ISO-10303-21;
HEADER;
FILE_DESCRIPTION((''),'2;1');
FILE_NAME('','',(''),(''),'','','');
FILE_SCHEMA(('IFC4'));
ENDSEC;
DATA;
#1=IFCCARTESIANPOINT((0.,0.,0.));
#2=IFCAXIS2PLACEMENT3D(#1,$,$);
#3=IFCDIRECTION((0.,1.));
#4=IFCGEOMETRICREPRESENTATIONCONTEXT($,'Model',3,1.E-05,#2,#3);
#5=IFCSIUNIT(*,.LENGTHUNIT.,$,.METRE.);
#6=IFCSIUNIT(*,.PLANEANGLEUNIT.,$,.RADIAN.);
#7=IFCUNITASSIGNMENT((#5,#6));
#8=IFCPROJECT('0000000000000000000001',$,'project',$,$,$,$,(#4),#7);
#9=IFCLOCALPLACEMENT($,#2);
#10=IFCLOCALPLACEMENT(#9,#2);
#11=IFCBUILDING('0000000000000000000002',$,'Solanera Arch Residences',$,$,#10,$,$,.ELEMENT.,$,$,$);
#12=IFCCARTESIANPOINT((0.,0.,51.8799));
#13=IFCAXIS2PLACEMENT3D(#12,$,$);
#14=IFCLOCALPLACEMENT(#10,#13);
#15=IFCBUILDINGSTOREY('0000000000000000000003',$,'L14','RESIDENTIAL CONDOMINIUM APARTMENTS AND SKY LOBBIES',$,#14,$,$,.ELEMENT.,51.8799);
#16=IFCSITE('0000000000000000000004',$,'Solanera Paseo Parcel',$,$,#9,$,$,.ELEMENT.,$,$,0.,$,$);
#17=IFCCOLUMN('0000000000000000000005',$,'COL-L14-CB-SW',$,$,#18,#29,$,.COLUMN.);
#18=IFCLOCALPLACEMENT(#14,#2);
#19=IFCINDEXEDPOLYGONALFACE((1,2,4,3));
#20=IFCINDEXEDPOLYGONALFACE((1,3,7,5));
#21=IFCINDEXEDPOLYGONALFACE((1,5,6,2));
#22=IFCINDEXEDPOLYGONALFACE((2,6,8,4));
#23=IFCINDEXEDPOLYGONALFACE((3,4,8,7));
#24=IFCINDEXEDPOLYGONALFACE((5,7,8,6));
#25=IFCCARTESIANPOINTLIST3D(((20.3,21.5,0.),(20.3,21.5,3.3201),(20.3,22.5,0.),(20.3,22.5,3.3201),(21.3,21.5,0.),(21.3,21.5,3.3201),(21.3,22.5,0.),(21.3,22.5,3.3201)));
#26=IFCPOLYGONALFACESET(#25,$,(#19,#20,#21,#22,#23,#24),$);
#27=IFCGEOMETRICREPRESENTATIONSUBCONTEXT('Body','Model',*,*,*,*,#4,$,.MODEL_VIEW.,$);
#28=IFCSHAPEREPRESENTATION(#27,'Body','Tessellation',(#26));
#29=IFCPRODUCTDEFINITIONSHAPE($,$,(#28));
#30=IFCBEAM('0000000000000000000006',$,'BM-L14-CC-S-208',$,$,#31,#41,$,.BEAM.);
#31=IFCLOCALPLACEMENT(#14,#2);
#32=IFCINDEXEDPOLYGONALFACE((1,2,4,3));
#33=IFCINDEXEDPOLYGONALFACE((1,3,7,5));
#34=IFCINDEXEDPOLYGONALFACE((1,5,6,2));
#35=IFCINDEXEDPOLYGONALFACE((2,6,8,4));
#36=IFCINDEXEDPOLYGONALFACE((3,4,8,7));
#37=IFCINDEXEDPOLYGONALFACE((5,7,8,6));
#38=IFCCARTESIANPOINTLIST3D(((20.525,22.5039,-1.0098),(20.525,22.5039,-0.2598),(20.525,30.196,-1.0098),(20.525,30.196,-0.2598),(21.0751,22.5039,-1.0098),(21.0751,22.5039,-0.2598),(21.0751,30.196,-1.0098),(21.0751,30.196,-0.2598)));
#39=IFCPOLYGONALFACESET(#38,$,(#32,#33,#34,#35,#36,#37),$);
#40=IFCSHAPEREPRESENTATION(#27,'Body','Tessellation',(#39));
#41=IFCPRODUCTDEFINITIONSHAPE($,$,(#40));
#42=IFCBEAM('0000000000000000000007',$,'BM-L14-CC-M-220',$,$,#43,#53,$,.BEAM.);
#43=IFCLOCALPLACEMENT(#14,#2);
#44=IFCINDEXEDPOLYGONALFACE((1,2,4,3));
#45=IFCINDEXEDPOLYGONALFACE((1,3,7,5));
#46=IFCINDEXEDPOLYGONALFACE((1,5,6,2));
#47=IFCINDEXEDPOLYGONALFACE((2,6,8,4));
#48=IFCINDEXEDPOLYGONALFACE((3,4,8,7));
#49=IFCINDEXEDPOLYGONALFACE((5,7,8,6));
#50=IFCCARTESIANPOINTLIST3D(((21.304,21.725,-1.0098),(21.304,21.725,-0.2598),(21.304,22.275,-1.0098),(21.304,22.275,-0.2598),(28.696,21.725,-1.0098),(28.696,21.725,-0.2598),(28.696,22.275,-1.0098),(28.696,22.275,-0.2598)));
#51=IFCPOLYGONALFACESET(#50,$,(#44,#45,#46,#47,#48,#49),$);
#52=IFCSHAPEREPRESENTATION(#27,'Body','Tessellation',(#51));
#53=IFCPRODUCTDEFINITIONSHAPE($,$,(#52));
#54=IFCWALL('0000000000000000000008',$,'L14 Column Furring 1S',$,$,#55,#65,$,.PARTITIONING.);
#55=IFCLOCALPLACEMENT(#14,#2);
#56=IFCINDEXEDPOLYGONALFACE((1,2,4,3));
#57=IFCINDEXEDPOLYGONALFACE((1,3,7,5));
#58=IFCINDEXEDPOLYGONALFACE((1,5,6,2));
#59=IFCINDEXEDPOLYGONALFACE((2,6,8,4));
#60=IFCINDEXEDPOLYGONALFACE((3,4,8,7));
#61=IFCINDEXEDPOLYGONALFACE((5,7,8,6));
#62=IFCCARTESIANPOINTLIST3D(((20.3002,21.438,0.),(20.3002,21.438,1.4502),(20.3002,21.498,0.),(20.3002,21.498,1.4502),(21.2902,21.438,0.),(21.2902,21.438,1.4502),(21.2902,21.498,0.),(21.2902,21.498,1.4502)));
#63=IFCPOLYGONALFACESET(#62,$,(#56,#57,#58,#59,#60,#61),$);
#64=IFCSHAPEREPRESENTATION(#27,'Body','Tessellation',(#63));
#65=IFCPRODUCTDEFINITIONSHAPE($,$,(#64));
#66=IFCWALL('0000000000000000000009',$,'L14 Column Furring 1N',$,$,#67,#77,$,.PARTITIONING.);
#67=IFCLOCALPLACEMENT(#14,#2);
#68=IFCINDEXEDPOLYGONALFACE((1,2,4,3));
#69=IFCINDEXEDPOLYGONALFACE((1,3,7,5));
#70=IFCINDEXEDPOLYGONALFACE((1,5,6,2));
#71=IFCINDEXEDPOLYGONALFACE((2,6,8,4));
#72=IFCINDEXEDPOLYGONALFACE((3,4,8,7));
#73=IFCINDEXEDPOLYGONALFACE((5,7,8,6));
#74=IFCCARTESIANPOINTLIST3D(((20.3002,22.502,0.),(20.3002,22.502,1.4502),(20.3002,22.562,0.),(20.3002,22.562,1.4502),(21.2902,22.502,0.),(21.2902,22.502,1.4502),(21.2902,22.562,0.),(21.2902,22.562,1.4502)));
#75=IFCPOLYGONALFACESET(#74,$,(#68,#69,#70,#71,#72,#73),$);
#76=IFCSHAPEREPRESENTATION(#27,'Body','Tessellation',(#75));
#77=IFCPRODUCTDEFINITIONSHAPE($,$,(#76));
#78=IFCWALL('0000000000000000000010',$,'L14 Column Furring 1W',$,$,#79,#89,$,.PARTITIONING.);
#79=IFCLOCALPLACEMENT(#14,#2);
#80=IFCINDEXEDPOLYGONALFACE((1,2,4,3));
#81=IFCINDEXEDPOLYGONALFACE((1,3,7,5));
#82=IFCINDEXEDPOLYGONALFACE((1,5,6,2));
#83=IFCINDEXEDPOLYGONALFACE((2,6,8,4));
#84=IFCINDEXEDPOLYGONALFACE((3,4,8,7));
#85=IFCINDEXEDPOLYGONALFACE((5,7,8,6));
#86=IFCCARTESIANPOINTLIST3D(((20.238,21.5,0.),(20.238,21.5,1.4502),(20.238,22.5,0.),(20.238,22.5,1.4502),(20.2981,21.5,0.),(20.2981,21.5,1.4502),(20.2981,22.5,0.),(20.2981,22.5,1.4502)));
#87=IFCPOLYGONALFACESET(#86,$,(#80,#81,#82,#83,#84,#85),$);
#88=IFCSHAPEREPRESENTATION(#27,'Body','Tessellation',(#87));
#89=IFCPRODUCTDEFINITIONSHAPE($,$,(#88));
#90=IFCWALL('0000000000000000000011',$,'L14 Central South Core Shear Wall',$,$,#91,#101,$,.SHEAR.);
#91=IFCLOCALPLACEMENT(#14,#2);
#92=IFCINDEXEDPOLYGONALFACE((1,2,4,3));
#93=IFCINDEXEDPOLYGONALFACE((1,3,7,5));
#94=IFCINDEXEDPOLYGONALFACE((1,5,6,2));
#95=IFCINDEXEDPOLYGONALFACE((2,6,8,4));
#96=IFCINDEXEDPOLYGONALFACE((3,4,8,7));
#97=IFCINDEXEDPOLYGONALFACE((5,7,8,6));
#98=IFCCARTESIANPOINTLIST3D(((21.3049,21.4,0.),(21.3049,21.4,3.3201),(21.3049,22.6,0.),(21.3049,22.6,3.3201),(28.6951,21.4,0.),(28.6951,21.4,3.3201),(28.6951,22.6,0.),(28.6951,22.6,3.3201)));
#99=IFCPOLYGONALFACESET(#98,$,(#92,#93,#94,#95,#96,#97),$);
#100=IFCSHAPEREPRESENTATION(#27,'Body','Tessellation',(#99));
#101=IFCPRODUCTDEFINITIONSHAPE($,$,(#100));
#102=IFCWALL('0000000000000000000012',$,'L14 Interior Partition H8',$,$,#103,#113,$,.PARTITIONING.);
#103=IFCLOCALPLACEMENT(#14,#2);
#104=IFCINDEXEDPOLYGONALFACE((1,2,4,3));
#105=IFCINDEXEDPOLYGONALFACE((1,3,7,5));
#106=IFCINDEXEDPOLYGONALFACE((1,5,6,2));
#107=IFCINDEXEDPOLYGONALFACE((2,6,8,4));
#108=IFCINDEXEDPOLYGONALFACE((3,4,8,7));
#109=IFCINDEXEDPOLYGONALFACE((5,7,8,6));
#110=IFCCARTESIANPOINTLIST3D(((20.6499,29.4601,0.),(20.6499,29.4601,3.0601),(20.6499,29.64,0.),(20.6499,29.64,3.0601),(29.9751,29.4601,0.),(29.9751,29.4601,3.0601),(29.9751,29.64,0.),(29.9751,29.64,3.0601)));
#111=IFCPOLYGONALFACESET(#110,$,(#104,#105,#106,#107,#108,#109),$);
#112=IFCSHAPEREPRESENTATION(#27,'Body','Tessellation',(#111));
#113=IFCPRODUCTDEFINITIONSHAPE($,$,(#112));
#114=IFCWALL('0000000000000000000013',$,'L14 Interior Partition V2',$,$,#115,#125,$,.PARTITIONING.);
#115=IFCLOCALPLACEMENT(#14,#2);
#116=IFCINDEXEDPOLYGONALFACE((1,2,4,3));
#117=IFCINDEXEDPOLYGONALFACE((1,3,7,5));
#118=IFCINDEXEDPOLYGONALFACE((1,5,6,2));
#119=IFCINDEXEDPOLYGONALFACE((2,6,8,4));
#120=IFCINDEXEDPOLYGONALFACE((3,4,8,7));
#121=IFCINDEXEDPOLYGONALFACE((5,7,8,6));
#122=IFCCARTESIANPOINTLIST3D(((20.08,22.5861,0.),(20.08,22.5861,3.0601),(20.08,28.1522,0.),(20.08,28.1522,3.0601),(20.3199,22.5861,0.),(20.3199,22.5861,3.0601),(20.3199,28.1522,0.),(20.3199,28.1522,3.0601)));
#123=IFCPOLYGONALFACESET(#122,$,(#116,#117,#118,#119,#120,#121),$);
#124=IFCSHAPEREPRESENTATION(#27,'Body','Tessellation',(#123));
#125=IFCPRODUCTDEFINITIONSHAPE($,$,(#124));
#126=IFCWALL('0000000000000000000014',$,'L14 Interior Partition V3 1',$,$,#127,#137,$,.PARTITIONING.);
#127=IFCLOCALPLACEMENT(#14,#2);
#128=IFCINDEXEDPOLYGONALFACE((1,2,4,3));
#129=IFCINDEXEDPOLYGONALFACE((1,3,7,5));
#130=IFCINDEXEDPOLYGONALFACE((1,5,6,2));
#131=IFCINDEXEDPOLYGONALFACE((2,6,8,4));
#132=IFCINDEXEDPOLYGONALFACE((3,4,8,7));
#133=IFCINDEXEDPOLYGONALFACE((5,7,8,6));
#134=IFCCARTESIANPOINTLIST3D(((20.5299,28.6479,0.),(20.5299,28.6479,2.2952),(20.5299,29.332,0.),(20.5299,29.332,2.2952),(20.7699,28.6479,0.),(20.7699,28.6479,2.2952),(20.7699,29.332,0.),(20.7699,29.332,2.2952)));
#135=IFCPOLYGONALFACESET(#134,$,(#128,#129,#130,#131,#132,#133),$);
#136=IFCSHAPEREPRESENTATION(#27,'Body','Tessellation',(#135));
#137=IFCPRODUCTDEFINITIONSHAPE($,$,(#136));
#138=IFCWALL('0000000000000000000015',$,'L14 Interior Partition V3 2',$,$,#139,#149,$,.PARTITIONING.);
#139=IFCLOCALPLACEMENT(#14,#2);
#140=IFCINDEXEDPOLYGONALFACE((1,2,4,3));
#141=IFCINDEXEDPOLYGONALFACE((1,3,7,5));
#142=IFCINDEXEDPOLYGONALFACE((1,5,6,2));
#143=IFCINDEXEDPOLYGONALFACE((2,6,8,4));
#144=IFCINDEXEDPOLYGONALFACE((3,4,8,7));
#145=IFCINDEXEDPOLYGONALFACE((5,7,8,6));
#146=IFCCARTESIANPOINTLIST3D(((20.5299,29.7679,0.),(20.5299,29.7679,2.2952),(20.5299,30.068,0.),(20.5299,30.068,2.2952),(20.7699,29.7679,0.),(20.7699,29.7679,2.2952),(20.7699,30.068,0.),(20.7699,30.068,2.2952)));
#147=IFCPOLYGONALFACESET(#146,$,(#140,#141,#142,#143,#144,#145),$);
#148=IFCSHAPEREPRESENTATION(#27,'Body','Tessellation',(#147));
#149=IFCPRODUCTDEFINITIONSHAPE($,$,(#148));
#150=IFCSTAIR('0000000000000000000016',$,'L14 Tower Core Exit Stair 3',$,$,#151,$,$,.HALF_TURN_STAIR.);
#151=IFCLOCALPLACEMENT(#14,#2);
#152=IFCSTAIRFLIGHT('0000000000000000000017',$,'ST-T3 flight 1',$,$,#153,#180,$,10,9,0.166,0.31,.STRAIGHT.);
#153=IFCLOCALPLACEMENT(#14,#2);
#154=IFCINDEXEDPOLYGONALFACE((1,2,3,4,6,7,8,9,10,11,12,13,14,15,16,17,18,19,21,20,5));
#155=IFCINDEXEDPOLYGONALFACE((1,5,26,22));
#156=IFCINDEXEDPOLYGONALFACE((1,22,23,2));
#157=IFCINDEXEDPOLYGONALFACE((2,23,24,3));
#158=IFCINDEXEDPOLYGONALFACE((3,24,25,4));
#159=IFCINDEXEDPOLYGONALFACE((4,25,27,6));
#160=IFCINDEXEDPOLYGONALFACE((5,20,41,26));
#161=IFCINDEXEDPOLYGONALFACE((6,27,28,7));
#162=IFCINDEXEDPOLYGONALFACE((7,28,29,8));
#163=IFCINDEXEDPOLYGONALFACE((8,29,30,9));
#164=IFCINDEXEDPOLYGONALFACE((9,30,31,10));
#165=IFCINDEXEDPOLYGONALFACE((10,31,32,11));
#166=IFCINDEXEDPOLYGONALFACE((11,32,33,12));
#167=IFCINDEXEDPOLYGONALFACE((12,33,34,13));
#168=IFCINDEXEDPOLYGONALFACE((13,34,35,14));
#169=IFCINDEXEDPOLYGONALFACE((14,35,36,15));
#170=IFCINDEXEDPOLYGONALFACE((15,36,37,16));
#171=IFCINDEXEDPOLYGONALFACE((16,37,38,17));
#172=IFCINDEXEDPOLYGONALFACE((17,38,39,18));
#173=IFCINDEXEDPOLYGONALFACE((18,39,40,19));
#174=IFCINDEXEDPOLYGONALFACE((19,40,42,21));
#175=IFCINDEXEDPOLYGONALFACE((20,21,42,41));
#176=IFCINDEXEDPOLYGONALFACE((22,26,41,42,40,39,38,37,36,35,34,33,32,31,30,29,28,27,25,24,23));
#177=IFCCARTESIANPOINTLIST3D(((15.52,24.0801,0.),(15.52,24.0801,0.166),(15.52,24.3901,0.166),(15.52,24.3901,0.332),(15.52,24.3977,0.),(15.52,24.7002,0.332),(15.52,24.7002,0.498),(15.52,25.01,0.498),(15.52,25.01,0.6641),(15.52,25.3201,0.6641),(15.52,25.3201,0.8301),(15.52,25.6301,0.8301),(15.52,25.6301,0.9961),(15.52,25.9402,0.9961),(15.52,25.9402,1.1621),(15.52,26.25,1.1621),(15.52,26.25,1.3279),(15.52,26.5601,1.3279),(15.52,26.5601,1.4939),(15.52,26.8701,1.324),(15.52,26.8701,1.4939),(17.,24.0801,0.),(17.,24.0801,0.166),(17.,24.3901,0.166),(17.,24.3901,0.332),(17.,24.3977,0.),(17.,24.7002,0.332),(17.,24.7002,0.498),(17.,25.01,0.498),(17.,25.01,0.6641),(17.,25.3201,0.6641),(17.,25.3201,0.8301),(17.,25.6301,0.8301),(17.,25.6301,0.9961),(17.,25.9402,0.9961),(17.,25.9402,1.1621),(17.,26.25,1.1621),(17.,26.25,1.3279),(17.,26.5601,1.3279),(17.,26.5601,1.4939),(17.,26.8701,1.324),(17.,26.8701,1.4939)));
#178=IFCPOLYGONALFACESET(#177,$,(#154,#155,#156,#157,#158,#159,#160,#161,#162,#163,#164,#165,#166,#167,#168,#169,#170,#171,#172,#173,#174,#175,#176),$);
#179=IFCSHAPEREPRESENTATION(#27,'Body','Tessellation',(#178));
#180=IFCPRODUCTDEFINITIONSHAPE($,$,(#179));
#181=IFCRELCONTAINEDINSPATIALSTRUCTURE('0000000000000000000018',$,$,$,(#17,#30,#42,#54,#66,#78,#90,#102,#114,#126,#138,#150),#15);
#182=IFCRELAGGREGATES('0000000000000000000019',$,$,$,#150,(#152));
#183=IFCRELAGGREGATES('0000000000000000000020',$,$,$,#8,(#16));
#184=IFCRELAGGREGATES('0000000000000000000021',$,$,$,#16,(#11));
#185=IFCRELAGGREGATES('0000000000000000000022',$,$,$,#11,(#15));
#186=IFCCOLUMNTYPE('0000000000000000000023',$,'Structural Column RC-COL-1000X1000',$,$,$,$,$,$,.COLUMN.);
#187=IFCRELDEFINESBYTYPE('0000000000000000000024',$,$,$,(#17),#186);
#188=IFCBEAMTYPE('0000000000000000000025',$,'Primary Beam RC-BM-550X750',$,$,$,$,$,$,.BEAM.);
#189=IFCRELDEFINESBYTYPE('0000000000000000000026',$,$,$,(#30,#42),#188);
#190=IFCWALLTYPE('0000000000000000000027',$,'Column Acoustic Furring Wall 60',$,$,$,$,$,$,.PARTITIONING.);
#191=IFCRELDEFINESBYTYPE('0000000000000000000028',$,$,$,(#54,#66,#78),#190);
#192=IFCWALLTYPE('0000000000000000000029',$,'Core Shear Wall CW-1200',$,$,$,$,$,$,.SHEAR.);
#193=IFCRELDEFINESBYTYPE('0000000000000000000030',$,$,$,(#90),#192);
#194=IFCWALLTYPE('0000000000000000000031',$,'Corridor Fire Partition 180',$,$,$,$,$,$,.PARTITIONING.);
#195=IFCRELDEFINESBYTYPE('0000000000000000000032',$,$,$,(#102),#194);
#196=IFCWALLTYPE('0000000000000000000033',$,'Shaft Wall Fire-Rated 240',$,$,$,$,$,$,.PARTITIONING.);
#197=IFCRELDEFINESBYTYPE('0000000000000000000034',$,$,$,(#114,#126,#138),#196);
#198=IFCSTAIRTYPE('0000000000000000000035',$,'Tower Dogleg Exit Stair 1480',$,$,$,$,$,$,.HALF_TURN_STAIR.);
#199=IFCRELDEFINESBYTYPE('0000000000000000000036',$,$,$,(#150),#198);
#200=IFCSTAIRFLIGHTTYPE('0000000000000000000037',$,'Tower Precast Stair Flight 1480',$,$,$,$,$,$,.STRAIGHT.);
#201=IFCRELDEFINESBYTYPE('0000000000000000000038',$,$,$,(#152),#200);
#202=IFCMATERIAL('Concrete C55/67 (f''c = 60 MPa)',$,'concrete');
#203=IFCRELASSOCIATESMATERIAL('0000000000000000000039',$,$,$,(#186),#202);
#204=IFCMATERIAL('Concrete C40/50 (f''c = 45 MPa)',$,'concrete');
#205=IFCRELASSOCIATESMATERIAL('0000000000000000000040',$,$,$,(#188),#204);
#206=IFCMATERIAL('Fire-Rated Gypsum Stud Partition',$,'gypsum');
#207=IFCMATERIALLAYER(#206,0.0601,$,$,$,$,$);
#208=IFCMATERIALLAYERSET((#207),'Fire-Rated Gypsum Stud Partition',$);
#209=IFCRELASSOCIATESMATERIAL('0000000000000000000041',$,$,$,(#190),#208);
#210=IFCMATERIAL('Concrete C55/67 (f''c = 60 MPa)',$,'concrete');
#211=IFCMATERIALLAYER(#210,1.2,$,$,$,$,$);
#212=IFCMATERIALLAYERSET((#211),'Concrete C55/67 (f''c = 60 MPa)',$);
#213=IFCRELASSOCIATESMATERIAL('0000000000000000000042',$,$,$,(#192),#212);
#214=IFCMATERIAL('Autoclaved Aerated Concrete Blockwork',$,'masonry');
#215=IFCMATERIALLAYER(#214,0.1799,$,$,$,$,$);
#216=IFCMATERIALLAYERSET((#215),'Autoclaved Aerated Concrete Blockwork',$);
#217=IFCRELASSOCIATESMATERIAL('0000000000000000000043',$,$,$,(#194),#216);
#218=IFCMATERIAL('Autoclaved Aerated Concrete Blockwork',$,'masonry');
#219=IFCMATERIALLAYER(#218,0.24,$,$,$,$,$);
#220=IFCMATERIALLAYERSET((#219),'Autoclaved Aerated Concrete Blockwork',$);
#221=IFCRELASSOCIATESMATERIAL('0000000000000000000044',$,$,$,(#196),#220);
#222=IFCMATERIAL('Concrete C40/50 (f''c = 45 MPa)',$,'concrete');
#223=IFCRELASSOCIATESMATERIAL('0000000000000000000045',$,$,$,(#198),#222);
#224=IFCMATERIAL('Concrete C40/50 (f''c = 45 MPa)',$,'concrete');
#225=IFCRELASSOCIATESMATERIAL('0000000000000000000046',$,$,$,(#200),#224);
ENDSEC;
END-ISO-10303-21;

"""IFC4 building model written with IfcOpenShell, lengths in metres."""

from ifc_helpers import new_model, si_unit, direction, frame, frame_2d, origin, origin_2d, place, context, subcontext, project, spatial, polyline, rectangle, outline, extrude, material, layer, layer_set, material_profile, profile_set, type_object, element, aggregate, save


model = new_model("IFC4")

# Units and contexts
model_context = context("Model", 3, precision=1e-05, world=origin(), true_north=direction((0.0, 1.0)))
body_context = subcontext(model_context, "Body", "Model", "MODEL_VIEW")
ifc_project = project(units=[si_unit("LENGTHUNIT", "METRE"), si_unit("PLANEANGLEUNIT", "RADIAN")], contexts=[model_context])

# Site, building, storey
site_placement = place(None, origin())
site = spatial("IfcSite", under=ifc_project, at=site_placement, Name="Solanera Paseo Parcel", CompositionType="ELEMENT", RefElevation=0.0)
building_placement = place(site_placement, origin())
building = spatial("IfcBuilding", under=site, at=building_placement, Name="Solanera Arch Residences", CompositionType="ELEMENT")
storey_placement = place(building_placement, frame((0.0, 0.0, 51.8799)))
storey = spatial("IfcBuildingStorey", under=building, at=storey_placement, Name="L14", Description="RESIDENTIAL CONDOMINIUM APARTMENTS AND SKY LOBBIES", CompositionType="ELEMENT", Elevation=51.8799)

# Column
ifc_material_1 = material(Name="Concrete C55/67 (f'c = 60 MPa)", Category="concrete")
ifc_material_profile_1 = material_profile(ifc_material_1, rectangle(XDim=1.0, YDim=1.0, at=origin_2d()))
ifc_profile_set_1 = profile_set([ifc_material_profile_1], Name="Concrete C55/67 (f'c = 60 MPa)")
column_type = type_object("IfcColumnType", Name="Structural Column RC-COL-1000X1000", PredefinedType="COLUMN", material=ifc_profile_set_1)
column_placement = place(storey_placement, frame((20.8, 22.0, 0.0), z_axis=(0.0, 0.0, 1.0), x_axis=(1.0, 0.0, 0.0)))
element("IfcColumn", 1, at=column_placement, inside=storey, type_object=column_type, Name="COL-L14-CB-SW", PredefinedType="COLUMN", context=body_context, shape_type="SweptSolid", body=[
    extrude(rectangle(XDim=1.0, YDim=1.0, at=origin_2d()), origin(), (0.0, 0.0, 1.0), 3.3201),
])

# Beams
ifc_material_2 = material(Name="Concrete C40/50 (f'c = 45 MPa)", Category="concrete")
ifc_material_profile_2 = material_profile(ifc_material_2, rectangle(XDim=0.55, YDim=0.75, at=origin_2d()))
ifc_profile_set_2 = profile_set([ifc_material_profile_2], Name="Concrete C40/50 (f'c = 45 MPa)")
beam_type = type_object("IfcBeamType", Name="Primary Beam RC-BM-550X750", PredefinedType="BEAM", material=ifc_profile_set_2)
beam_1_placement = place(storey_placement, frame((20.8, 22.5039, -0.6348), z_axis=(0.0, 1.0, 0.0), x_axis=(-1.0, 0.0, 0.0)))
element("IfcBeam", 2, at=beam_1_placement, inside=storey, type_object=beam_type, Name="BM-L14-CC-S-208", PredefinedType="BEAM", context=body_context, shape_type="SweptSolid", body=[
    extrude(rectangle(XDim=0.55, YDim=0.75, at=origin_2d()), origin(), (0.0, 0.0, 1.0), 7.6921),
])
beam_2_placement = place(storey_placement, frame((21.304, 22.0, -0.6348), z_axis=(1.0, 0.0, 0.0), x_axis=(0.0, 1.0, 0.0)))
element("IfcBeam", 3, at=beam_2_placement, inside=storey, type_object=beam_type, Name="BM-L14-CC-M-220", PredefinedType="BEAM", context=body_context, shape_type="SweptSolid", body=[
    extrude(rectangle(XDim=0.55, YDim=0.75, at=origin_2d()), origin(), (0.0, 0.0, 1.0), 7.3921),
])

# Walls
ifc_material_3 = material(Name="Fire-Rated Gypsum Stud Partition", Category="gypsum")
ifc_layer_1 = layer(ifc_material_3, 0.0601)
ifc_layer_set_1 = layer_set([ifc_layer_1], Name="Fire-Rated Gypsum Stud Partition")
wall_type_1 = type_object("IfcWallType", Name="Column Acoustic Furring Wall 60", PredefinedType="PARTITIONING", material=ifc_layer_set_1)
for number, where, z_axis, x_axis, name in (
    (4, (20.3, 21.468, 0.0), (0.0, 0.0, 1.0), (1.0, 0.0, 0.0), "L14 Column Furring 1S"),
    (5, (20.3, 22.532, 0.0), (0.0, 0.0, 1.0), (1.0, 0.0, 0.0), "L14 Column Furring 1N"),
):
    element("IfcWall", number, at=place(storey_placement, frame(where, z_axis=z_axis, x_axis=x_axis)), inside=storey, type_object=wall_type_1, Name=name, PredefinedType="PARTITIONING", context=body_context, shape_type="SweptSolid", body=[
        extrude(rectangle(XDim=0.99, YDim=0.0601, at=frame_2d((0.4951, 0.0))), origin(), (0.0, 0.0, 1.0), 1.4502),
    ])
wall_1_placement = place(storey_placement, frame((20.2681, 21.5, 0.0), z_axis=(0.0, 0.0, 1.0), x_axis=(0.0, 1.0, 0.0)))
element("IfcWall", 6, at=wall_1_placement, inside=storey, type_object=wall_type_1, Name="L14 Column Furring 1W", PredefinedType="PARTITIONING", context=body_context, shape_type="SweptSolid", body=[
    extrude(rectangle(XDim=1.0, YDim=0.0601, at=frame_2d((0.5, 0.0))), origin(), (0.0, 0.0, 1.0), 1.4502),
])
ifc_material_4 = material(Name="Concrete C55/67 (f'c = 60 MPa)", Category="concrete")
ifc_layer_2 = layer(ifc_material_4, 1.2)
ifc_layer_set_2 = layer_set([ifc_layer_2], Name="Concrete C55/67 (f'c = 60 MPa)")
wall_type_2 = type_object("IfcWallType", Name="Core Shear Wall CW-1200", PredefinedType="SHEAR", material=ifc_layer_set_2)
wall_2_placement = place(storey_placement, frame((21.3049, 22.0, 0.0), z_axis=(0.0, 0.0, 1.0), x_axis=(1.0, 0.0, 0.0)))
element("IfcWall", 7, at=wall_2_placement, inside=storey, type_object=wall_type_2, Name="L14 Central South Core Shear Wall", PredefinedType="SHEAR", context=body_context, shape_type="SweptSolid", body=[
    extrude(rectangle(XDim=7.3901, YDim=1.2, at=frame_2d((3.6951, 0.0))), origin(), (0.0, 0.0, 1.0), 3.3201),
])

# Wall
ifc_material_5 = material(Name="Autoclaved Aerated Concrete Blockwork", Category="masonry")
ifc_layer_3 = layer(ifc_material_5, 0.1799)
ifc_layer_set_3 = layer_set([ifc_layer_3], Name="Autoclaved Aerated Concrete Blockwork")
wall_type_3 = type_object("IfcWallType", Name="Corridor Fire Partition 180", PredefinedType="PARTITIONING", material=ifc_layer_set_3)
wall_3_placement = place(storey_placement, frame((20.6499, 29.55, 0.0), z_axis=(0.0, 0.0, 1.0), x_axis=(1.0, 0.0, 0.0)))
element("IfcWall", 8, at=wall_3_placement, inside=storey, type_object=wall_type_3, Name="L14 Interior Partition H8", PredefinedType="PARTITIONING", context=body_context, shape_type="SweptSolid", body=[
    extrude(rectangle(XDim=9.3252, YDim=0.1799, at=frame_2d((4.6626, 0.0))), origin(), (0.0, 0.0, 1.0), 3.0601),
])

# Shared definitions
ifc_material_6 = material(Name="Autoclaved Aerated Concrete Blockwork", Category="masonry")
ifc_layer_4 = layer(ifc_material_6, 0.24)
ifc_layer_set_4 = layer_set([ifc_layer_4], Name="Autoclaved Aerated Concrete Blockwork")
wall_type_4 = type_object("IfcWallType", Name="Shaft Wall Fire-Rated 240", PredefinedType="PARTITIONING", material=ifc_layer_set_4)

# Walls
wall_4_placement = place(storey_placement, frame((20.2, 22.5859, 0.0), z_axis=(0.0, 0.0, 1.0), x_axis=(0.0, 1.0, 0.0)))
element("IfcWall", 9, at=wall_4_placement, inside=storey, type_object=wall_type_4, Name="L14 Interior Partition V2", PredefinedType="PARTITIONING", context=body_context, shape_type="SweptSolid", body=[
    extrude(rectangle(XDim=5.5662, YDim=0.24, at=frame_2d((2.7832, 0.0))), origin(), (0.0, 0.0, 1.0), 3.0601),
])
wall_5_placement = place(storey_placement, frame((20.6499, 28.6479, 0.0), z_axis=(0.0, 0.0, 1.0), x_axis=(0.0, 1.0, 0.0)))
element("IfcWall", 10, at=wall_5_placement, inside=storey, type_object=wall_type_4, Name="L14 Interior Partition V3 1", PredefinedType="PARTITIONING", context=body_context, shape_type="SweptSolid", body=[
    extrude(rectangle(XDim=0.6841, YDim=0.24, at=frame_2d((0.342, 0.0))), origin(), (0.0, 0.0, 1.0), 2.2952),
])
wall_6_placement = place(storey_placement, frame((20.6499, 29.7681, 0.0), z_axis=(0.0, 0.0, 1.0), x_axis=(0.0, 1.0, 0.0)))
element("IfcWall", 11, at=wall_6_placement, inside=storey, type_object=wall_type_4, Name="L14 Interior Partition V3 2", PredefinedType="PARTITIONING", context=body_context, shape_type="SweptSolid", body=[
    extrude(rectangle(XDim=0.3, YDim=0.24, at=frame_2d((0.1499, 0.0))), origin(), (0.0, 0.0, 1.0), 2.2952),
])

# Stair, stair flight
ifc_material_7 = material(Name="Concrete C40/50 (f'c = 45 MPa)", Category="concrete")
stair_type = type_object("IfcStairType", Name="Tower Dogleg Exit Stair 1480", PredefinedType="HALF_TURN_STAIR", material=ifc_material_7)
stair_placement = place(storey_placement, origin())
stair = element("IfcStair", 12, at=stair_placement, inside=storey, type_object=stair_type, Name="L14 Tower Core Exit Stair 3", PredefinedType="HALF_TURN_STAIR")
ifc_material_8 = material(Name="Concrete C40/50 (f'c = 45 MPa)", Category="concrete")
stair_flight_type = type_object("IfcStairFlightType", Name="Tower Precast Stair Flight 1480", PredefinedType="STRAIGHT", material=ifc_material_8)
stair_flight_placement = place(storey_placement, frame((16.26, 24.0801, 0.0), z_axis=(0.0, 0.0, 1.0), x_axis=(0.0, 1.0, 0.0)))
stair_flight = element("IfcStairFlight", 13, at=stair_flight_placement, type_object=stair_flight_type, Name="ST-T3 flight 1", NumberOfRisers=10, NumberOfTreads=9, PredefinedType="STRAIGHT", RiserHeight=0.166, TreadLength=0.31, context=body_context, shape_type="SweptSolid", body=[
    extrude(outline(polyline([(0.0, 0.0), (0.0, 0.166), (0.3101, 0.166), (0.3101, 0.332), (0.6201, 0.332), (0.6201, 0.498), (0.9299, 0.498), (0.9299, 0.6641), (1.24, 0.6641), (1.24, 0.8301), (1.55, 0.8301), (1.55, 0.9961), (1.8601, 0.9961), (1.8601, 1.1621), (2.1699, 1.1621), (2.1699, 1.3279), (2.48, 1.3279), (2.48, 1.4939), (2.79, 1.4939), (2.79, 1.6599), (2.79, 1.324), (0.3176, 0.0), (0.0, 0.0)])), frame((0.0, 0.74, 0.0), z_axis=(0.0, -1.0, 0.0), x_axis=(1.0, 0.0, 0.0)), (0.0, 0.0, 1.0), 1.48),
])
aggregate(stair, [stair_flight])

save(model, "model.ifc")
